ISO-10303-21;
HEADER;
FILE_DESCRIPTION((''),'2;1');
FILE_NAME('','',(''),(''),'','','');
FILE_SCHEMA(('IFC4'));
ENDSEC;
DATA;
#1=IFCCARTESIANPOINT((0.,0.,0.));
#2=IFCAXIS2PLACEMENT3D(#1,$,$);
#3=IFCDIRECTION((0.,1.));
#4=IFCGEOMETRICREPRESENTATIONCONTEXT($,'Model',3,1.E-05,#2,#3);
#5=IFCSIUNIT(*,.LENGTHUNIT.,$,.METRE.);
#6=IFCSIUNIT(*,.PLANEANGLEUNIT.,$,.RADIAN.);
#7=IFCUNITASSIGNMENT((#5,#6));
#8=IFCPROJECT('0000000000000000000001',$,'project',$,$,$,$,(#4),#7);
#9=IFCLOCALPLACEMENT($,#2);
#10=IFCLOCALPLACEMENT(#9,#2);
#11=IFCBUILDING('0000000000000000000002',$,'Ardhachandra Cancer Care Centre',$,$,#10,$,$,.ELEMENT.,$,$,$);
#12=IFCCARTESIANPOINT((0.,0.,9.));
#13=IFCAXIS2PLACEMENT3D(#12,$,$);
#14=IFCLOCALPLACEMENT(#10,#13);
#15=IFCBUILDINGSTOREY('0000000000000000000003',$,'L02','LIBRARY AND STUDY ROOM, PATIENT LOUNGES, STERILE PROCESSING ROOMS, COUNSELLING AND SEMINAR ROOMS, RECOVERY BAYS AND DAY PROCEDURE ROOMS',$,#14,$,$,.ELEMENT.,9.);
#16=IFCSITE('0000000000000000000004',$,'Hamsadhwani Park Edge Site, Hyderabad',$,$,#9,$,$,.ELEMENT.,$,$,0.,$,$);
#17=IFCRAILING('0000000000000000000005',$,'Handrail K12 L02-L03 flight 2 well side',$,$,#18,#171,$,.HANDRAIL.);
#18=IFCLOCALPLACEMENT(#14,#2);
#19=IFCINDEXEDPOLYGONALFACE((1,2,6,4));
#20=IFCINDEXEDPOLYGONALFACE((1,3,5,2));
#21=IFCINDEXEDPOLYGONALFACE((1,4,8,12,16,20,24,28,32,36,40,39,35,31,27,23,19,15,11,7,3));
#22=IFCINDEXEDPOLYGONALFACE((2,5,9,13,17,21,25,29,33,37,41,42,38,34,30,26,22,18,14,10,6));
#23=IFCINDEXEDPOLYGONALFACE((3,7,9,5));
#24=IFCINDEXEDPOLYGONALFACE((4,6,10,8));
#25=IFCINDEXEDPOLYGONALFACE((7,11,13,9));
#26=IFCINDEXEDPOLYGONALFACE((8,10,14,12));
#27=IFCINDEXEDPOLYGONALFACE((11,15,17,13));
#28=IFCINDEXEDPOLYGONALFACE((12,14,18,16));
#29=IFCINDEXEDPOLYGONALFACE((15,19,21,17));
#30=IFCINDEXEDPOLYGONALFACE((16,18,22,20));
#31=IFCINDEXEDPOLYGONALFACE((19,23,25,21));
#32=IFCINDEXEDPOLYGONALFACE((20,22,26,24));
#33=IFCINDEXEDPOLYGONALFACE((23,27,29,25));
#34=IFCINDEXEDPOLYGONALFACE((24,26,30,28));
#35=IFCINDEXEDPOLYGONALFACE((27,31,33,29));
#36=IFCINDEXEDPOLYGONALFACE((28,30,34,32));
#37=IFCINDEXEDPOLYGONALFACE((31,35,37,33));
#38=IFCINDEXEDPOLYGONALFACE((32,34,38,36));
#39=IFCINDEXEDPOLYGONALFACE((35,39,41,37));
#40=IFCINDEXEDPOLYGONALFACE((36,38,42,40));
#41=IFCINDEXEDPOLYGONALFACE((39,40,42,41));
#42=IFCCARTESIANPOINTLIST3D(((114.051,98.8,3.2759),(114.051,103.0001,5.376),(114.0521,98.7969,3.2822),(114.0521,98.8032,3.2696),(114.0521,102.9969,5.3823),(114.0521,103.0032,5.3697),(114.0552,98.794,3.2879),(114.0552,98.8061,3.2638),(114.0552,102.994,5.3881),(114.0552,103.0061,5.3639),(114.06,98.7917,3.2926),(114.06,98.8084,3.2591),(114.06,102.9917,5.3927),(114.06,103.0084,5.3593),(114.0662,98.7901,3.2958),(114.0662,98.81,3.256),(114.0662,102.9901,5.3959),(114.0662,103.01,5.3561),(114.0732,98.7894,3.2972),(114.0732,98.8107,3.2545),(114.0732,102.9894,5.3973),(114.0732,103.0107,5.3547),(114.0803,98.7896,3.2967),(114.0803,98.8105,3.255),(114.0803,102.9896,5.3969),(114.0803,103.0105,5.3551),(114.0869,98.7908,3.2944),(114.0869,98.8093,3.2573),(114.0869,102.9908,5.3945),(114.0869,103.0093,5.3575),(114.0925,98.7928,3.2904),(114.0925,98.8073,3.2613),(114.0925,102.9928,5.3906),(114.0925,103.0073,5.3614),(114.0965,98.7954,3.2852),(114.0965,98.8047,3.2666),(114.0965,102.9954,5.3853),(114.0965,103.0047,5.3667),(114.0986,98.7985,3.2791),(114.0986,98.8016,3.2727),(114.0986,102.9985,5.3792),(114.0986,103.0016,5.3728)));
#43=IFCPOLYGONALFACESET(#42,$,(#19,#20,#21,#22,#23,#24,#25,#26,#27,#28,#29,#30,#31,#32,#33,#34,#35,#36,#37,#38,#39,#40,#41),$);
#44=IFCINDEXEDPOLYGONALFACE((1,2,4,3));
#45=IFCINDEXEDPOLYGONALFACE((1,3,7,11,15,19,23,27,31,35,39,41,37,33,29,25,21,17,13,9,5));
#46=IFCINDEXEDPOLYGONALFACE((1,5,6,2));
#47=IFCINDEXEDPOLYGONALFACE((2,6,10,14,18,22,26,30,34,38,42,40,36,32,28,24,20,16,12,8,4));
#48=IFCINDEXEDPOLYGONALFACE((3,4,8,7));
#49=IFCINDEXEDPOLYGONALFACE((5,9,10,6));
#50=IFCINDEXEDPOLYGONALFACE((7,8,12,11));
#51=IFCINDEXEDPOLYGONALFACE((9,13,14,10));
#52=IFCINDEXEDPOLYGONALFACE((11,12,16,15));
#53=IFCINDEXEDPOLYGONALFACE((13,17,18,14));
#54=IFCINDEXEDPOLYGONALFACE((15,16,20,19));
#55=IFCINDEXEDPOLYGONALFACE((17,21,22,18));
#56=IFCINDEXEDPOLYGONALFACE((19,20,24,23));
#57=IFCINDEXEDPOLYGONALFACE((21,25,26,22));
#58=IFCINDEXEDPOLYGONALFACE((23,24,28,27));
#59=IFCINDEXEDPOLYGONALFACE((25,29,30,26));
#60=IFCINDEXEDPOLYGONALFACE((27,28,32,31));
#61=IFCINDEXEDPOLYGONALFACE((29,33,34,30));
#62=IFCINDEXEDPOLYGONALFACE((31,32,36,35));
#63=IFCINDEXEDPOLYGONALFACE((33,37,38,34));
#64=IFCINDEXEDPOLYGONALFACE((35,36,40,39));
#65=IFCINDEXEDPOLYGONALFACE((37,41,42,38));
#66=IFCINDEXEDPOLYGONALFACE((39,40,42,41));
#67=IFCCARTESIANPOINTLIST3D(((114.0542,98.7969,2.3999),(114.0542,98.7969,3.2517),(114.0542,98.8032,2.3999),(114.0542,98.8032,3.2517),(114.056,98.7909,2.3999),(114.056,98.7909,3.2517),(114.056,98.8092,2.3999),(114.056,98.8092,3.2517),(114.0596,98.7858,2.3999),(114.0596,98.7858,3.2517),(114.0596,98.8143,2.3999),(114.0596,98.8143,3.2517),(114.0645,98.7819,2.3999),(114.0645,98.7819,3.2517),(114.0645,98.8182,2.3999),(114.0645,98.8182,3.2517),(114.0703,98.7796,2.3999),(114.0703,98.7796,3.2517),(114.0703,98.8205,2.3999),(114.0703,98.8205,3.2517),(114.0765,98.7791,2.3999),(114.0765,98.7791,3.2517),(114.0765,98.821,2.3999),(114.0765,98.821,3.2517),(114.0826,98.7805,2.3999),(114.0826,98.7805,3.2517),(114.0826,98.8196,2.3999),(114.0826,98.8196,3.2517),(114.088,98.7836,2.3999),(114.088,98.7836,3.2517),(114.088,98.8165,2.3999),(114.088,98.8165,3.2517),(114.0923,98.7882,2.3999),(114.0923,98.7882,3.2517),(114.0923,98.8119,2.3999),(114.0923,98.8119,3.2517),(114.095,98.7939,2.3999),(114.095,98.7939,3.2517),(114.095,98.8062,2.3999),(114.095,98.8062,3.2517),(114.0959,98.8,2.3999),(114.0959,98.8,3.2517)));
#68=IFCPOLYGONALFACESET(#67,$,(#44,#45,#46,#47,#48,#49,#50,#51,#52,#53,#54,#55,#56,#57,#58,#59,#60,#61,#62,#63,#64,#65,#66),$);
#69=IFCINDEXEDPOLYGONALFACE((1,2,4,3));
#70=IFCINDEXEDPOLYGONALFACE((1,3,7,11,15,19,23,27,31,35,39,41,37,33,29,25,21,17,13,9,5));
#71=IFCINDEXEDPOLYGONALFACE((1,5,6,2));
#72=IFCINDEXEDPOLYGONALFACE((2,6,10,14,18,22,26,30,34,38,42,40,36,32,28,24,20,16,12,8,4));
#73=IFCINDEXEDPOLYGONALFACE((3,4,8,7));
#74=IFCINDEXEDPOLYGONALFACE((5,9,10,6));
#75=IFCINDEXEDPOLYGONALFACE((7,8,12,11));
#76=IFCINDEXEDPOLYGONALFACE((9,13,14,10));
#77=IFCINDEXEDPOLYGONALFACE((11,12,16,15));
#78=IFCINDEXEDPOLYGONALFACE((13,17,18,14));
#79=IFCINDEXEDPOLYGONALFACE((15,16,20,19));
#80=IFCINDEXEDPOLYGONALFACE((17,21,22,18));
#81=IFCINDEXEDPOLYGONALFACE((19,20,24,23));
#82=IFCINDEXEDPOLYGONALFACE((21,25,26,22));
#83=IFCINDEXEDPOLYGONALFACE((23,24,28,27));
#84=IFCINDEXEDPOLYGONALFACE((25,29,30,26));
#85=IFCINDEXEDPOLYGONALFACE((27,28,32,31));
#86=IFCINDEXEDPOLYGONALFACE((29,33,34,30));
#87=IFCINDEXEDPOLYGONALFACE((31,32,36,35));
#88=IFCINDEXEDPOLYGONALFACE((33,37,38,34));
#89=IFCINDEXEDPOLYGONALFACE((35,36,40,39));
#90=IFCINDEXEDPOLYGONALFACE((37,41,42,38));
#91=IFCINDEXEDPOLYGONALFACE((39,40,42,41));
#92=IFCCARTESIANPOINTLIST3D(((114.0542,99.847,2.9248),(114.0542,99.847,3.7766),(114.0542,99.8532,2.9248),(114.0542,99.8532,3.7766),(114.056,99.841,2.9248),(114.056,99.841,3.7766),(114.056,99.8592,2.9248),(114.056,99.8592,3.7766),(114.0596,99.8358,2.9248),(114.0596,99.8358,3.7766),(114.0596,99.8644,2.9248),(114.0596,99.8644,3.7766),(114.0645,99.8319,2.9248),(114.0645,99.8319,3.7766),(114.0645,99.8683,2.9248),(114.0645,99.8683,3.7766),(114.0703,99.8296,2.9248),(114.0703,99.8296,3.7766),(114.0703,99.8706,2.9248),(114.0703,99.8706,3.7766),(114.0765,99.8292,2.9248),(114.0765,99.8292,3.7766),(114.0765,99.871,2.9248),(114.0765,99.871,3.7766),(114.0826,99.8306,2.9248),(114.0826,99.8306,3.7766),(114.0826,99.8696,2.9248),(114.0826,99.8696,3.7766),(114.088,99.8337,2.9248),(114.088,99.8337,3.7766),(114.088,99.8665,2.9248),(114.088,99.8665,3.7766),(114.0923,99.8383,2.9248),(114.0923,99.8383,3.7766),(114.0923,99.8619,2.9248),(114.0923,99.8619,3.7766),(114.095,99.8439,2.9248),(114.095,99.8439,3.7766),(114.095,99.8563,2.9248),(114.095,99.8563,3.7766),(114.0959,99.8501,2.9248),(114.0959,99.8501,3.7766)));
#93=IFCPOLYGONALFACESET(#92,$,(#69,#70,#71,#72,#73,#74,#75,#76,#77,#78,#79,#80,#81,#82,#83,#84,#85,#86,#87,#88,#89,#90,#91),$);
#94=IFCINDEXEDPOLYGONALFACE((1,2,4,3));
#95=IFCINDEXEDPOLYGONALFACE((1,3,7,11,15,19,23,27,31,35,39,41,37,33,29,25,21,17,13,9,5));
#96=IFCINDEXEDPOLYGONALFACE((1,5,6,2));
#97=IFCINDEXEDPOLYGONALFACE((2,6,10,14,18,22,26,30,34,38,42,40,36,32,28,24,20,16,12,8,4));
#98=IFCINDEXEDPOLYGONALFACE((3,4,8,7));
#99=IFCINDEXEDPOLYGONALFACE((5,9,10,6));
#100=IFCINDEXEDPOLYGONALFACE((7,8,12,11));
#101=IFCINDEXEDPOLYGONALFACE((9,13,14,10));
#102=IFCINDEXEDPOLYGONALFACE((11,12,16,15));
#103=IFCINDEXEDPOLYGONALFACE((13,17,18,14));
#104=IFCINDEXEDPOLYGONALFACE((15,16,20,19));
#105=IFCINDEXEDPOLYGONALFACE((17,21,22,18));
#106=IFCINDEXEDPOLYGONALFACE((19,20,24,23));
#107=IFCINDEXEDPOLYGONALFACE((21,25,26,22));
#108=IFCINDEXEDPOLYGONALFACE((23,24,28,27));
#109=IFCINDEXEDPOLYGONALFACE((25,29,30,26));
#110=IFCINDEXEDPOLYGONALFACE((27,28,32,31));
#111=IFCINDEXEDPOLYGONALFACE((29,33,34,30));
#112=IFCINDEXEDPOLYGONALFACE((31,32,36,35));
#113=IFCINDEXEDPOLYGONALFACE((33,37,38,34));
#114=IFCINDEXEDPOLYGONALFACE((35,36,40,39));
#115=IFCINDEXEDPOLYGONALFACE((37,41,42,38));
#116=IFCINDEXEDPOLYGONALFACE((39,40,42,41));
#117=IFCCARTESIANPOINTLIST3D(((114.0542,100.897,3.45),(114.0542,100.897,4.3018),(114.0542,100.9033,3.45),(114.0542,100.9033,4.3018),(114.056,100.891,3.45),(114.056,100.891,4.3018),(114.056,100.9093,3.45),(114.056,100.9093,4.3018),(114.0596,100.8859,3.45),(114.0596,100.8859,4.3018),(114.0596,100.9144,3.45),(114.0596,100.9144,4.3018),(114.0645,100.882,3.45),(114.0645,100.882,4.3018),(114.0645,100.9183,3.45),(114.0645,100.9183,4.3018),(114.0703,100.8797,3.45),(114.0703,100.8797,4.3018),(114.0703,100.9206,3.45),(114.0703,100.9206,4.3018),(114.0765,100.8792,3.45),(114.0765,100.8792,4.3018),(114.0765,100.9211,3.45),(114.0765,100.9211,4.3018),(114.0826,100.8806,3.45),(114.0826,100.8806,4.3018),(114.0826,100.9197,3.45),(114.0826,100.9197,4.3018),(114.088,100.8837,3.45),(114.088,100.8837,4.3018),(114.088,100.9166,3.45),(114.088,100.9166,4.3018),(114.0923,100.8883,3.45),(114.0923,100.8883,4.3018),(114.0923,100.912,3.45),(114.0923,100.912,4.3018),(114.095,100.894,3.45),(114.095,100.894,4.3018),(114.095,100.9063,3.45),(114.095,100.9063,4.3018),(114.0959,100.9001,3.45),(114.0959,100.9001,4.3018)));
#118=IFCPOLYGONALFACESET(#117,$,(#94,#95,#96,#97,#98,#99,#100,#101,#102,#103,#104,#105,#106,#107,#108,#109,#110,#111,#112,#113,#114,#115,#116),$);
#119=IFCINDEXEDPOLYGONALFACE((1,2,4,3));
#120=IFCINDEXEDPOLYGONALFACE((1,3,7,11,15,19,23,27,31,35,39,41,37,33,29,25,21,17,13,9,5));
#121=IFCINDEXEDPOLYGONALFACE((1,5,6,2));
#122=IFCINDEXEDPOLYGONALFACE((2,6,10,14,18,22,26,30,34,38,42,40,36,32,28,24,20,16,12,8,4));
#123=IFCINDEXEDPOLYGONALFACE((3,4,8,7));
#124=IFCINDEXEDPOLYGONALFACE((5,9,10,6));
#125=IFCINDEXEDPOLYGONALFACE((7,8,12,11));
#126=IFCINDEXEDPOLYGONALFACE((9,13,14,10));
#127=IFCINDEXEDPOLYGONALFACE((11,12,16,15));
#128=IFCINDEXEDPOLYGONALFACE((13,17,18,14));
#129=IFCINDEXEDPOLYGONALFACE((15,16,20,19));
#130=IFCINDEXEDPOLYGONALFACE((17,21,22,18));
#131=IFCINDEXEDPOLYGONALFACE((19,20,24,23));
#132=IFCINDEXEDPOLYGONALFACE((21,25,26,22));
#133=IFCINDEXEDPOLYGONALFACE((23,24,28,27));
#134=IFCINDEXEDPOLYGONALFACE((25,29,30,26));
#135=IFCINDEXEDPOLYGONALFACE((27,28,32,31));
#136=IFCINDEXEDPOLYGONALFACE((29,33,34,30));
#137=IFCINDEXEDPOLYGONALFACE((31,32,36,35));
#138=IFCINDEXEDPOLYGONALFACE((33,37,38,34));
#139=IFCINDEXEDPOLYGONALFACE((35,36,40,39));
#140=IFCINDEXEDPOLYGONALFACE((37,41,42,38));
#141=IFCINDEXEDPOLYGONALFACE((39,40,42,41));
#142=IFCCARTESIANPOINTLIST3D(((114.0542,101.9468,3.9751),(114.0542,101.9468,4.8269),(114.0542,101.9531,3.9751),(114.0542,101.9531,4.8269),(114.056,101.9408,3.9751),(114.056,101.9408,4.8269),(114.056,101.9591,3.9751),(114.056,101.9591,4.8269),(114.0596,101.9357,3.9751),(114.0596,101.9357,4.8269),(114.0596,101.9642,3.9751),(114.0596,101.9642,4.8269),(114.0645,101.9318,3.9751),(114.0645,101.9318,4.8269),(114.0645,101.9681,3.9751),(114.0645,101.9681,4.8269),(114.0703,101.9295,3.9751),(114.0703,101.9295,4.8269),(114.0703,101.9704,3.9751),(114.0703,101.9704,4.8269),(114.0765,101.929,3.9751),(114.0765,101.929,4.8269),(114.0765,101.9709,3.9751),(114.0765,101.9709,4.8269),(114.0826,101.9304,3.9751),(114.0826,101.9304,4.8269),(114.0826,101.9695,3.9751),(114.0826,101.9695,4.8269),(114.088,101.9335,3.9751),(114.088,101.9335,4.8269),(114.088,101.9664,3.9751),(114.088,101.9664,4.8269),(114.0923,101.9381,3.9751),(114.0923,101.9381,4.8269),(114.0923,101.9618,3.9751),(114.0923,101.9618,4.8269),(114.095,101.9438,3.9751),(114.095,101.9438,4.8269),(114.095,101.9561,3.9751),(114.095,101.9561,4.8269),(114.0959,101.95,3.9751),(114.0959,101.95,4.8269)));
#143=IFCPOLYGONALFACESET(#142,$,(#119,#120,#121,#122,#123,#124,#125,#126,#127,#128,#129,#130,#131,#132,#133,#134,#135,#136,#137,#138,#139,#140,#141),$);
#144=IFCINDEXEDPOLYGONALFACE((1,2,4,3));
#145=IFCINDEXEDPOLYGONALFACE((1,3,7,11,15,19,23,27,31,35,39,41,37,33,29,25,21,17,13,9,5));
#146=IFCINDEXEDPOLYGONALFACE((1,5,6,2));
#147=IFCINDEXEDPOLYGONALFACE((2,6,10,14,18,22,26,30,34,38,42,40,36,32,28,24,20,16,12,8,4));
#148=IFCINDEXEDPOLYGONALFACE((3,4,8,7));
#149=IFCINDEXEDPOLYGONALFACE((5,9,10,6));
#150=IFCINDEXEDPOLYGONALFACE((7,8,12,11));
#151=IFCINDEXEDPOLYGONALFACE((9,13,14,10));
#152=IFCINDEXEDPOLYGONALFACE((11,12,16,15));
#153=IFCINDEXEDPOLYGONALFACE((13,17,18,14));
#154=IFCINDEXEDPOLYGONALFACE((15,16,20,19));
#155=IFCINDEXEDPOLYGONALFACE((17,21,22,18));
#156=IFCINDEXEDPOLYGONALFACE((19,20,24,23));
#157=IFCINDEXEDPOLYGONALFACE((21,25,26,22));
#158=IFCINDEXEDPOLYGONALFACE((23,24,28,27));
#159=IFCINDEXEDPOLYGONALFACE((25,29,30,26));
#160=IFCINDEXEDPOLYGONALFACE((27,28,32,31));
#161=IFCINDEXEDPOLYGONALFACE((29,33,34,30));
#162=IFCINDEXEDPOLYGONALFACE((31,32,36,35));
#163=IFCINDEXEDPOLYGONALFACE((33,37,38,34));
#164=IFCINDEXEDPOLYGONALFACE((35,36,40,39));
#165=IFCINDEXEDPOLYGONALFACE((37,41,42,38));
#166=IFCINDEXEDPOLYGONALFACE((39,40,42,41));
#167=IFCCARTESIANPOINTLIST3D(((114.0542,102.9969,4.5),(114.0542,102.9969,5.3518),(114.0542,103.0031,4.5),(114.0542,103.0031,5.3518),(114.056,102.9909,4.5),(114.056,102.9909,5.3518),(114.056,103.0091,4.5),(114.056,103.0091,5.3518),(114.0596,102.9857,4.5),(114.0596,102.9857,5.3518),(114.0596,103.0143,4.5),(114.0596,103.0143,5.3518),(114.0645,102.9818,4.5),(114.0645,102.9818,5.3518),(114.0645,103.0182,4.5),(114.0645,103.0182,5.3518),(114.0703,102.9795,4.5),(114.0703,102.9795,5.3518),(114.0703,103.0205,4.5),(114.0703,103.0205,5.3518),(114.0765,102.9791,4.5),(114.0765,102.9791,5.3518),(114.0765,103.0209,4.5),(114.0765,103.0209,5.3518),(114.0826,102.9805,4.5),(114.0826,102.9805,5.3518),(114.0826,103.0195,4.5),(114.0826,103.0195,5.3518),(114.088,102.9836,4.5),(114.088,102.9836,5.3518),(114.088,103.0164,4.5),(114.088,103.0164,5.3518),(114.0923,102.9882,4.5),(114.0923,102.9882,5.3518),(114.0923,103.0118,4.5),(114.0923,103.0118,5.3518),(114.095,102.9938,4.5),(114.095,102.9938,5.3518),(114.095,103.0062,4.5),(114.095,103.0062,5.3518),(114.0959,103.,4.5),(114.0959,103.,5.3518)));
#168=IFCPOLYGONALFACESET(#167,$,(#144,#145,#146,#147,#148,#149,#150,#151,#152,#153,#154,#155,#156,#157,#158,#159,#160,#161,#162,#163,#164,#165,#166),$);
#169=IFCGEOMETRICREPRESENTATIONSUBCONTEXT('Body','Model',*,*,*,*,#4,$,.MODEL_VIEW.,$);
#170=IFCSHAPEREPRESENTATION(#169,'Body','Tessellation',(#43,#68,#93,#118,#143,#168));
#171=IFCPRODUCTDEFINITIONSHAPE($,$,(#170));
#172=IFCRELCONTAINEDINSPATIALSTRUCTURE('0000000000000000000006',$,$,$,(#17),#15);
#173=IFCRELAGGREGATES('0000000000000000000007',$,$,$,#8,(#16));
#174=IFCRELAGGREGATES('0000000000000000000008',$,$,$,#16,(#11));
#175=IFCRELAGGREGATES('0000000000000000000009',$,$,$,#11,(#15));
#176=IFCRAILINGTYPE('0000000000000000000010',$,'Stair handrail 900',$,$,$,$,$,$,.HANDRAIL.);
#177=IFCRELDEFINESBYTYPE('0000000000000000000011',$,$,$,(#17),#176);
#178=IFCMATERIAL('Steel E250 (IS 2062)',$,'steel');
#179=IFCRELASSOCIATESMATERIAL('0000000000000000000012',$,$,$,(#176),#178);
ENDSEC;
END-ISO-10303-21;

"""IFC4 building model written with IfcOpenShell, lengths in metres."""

from ifc_helpers import new_model, si_unit, direction, frame, origin, origin_2d, place, context, subcontext, project, spatial, circle, extrude, material, type_object, element, save


model = new_model("IFC4")

# Units and contexts
model_context = context("Model", 3, precision=1e-05, world=origin(), true_north=direction((0.0, 1.0)))
body_context = subcontext(model_context, "Body", "Model", "MODEL_VIEW")
ifc_project = project(units=[si_unit("LENGTHUNIT", "METRE"), si_unit("PLANEANGLEUNIT", "RADIAN")], contexts=[model_context])

# Site, building, storey
site_placement = place(None, origin())
site = spatial("IfcSite", under=ifc_project, at=site_placement, Name="Hamsadhwani Park Edge Site, Hyderabad", CompositionType="ELEMENT", RefElevation=0.0)
building_placement = place(site_placement, origin())
building = spatial("IfcBuilding", under=site, at=building_placement, Name="Ardhachandra Cancer Care Centre", CompositionType="ELEMENT")
storey_placement = place(building_placement, frame((0.0, 0.0, 9.0)))
storey = spatial("IfcBuildingStorey", under=building, at=storey_placement, Name="L02", Description="LIBRARY AND STUDY ROOM, PATIENT LOUNGES, STERILE PROCESSING ROOMS, COUNSELLING AND SEMINAR ROOMS, RECOVERY BAYS AND DAY PROCEDURE ROOMS", CompositionType="ELEMENT", Elevation=9.0)

# Railing
ifc_material_1 = material(Name="Steel E250 (IS 2062)", Category="steel")
railing_type_1 = type_object("IfcRailingType", Name="Stair handrail 900", PredefinedType="HANDRAIL", material=ifc_material_1)
railing_1_placement = place(storey_placement, frame((114.075, 98.8, 2.3999)))
element("IfcRailing", 1, at=railing_1_placement, inside=storey, type_object=railing_type_1, Name="Handrail K12 L02-L03 flight 2 well side", PredefinedType="HANDRAIL", context=body_context, shape_type="SweptSolid", body=[
    extrude(circle(Radius=0.0239, at=origin_2d()), frame((0.0, 0.0, 0.876), z_axis=(0.0, 0.894417, 0.447234), x_axis=(-1.0, 0.0, 0.0)), (0.0, 0.0, 1.0), 4.6958),
    extrude(circle(Radius=0.021, at=origin_2d()), origin(), (0.0, 0.0, 1.0), 0.8518),
    extrude(circle(Radius=0.021, at=origin_2d()), frame((0.0, 1.05, 0.5249)), (0.0, 0.0, 1.0), 0.8518),
    extrude(circle(Radius=0.021, at=origin_2d()), frame((0.0, 2.1001, 1.05)), (0.0, 0.0, 1.0), 0.8518),
    extrude(circle(Radius=0.021, at=origin_2d()), frame((0.0, 3.1499, 1.5752)), (0.0, 0.0, 1.0), 0.8518),
    extrude(circle(Radius=0.021, at=origin_2d()), frame((0.0, 4.2, 2.1001)), (0.0, 0.0, 1.0), 0.8518),
])

save(model, "model.ifc")
